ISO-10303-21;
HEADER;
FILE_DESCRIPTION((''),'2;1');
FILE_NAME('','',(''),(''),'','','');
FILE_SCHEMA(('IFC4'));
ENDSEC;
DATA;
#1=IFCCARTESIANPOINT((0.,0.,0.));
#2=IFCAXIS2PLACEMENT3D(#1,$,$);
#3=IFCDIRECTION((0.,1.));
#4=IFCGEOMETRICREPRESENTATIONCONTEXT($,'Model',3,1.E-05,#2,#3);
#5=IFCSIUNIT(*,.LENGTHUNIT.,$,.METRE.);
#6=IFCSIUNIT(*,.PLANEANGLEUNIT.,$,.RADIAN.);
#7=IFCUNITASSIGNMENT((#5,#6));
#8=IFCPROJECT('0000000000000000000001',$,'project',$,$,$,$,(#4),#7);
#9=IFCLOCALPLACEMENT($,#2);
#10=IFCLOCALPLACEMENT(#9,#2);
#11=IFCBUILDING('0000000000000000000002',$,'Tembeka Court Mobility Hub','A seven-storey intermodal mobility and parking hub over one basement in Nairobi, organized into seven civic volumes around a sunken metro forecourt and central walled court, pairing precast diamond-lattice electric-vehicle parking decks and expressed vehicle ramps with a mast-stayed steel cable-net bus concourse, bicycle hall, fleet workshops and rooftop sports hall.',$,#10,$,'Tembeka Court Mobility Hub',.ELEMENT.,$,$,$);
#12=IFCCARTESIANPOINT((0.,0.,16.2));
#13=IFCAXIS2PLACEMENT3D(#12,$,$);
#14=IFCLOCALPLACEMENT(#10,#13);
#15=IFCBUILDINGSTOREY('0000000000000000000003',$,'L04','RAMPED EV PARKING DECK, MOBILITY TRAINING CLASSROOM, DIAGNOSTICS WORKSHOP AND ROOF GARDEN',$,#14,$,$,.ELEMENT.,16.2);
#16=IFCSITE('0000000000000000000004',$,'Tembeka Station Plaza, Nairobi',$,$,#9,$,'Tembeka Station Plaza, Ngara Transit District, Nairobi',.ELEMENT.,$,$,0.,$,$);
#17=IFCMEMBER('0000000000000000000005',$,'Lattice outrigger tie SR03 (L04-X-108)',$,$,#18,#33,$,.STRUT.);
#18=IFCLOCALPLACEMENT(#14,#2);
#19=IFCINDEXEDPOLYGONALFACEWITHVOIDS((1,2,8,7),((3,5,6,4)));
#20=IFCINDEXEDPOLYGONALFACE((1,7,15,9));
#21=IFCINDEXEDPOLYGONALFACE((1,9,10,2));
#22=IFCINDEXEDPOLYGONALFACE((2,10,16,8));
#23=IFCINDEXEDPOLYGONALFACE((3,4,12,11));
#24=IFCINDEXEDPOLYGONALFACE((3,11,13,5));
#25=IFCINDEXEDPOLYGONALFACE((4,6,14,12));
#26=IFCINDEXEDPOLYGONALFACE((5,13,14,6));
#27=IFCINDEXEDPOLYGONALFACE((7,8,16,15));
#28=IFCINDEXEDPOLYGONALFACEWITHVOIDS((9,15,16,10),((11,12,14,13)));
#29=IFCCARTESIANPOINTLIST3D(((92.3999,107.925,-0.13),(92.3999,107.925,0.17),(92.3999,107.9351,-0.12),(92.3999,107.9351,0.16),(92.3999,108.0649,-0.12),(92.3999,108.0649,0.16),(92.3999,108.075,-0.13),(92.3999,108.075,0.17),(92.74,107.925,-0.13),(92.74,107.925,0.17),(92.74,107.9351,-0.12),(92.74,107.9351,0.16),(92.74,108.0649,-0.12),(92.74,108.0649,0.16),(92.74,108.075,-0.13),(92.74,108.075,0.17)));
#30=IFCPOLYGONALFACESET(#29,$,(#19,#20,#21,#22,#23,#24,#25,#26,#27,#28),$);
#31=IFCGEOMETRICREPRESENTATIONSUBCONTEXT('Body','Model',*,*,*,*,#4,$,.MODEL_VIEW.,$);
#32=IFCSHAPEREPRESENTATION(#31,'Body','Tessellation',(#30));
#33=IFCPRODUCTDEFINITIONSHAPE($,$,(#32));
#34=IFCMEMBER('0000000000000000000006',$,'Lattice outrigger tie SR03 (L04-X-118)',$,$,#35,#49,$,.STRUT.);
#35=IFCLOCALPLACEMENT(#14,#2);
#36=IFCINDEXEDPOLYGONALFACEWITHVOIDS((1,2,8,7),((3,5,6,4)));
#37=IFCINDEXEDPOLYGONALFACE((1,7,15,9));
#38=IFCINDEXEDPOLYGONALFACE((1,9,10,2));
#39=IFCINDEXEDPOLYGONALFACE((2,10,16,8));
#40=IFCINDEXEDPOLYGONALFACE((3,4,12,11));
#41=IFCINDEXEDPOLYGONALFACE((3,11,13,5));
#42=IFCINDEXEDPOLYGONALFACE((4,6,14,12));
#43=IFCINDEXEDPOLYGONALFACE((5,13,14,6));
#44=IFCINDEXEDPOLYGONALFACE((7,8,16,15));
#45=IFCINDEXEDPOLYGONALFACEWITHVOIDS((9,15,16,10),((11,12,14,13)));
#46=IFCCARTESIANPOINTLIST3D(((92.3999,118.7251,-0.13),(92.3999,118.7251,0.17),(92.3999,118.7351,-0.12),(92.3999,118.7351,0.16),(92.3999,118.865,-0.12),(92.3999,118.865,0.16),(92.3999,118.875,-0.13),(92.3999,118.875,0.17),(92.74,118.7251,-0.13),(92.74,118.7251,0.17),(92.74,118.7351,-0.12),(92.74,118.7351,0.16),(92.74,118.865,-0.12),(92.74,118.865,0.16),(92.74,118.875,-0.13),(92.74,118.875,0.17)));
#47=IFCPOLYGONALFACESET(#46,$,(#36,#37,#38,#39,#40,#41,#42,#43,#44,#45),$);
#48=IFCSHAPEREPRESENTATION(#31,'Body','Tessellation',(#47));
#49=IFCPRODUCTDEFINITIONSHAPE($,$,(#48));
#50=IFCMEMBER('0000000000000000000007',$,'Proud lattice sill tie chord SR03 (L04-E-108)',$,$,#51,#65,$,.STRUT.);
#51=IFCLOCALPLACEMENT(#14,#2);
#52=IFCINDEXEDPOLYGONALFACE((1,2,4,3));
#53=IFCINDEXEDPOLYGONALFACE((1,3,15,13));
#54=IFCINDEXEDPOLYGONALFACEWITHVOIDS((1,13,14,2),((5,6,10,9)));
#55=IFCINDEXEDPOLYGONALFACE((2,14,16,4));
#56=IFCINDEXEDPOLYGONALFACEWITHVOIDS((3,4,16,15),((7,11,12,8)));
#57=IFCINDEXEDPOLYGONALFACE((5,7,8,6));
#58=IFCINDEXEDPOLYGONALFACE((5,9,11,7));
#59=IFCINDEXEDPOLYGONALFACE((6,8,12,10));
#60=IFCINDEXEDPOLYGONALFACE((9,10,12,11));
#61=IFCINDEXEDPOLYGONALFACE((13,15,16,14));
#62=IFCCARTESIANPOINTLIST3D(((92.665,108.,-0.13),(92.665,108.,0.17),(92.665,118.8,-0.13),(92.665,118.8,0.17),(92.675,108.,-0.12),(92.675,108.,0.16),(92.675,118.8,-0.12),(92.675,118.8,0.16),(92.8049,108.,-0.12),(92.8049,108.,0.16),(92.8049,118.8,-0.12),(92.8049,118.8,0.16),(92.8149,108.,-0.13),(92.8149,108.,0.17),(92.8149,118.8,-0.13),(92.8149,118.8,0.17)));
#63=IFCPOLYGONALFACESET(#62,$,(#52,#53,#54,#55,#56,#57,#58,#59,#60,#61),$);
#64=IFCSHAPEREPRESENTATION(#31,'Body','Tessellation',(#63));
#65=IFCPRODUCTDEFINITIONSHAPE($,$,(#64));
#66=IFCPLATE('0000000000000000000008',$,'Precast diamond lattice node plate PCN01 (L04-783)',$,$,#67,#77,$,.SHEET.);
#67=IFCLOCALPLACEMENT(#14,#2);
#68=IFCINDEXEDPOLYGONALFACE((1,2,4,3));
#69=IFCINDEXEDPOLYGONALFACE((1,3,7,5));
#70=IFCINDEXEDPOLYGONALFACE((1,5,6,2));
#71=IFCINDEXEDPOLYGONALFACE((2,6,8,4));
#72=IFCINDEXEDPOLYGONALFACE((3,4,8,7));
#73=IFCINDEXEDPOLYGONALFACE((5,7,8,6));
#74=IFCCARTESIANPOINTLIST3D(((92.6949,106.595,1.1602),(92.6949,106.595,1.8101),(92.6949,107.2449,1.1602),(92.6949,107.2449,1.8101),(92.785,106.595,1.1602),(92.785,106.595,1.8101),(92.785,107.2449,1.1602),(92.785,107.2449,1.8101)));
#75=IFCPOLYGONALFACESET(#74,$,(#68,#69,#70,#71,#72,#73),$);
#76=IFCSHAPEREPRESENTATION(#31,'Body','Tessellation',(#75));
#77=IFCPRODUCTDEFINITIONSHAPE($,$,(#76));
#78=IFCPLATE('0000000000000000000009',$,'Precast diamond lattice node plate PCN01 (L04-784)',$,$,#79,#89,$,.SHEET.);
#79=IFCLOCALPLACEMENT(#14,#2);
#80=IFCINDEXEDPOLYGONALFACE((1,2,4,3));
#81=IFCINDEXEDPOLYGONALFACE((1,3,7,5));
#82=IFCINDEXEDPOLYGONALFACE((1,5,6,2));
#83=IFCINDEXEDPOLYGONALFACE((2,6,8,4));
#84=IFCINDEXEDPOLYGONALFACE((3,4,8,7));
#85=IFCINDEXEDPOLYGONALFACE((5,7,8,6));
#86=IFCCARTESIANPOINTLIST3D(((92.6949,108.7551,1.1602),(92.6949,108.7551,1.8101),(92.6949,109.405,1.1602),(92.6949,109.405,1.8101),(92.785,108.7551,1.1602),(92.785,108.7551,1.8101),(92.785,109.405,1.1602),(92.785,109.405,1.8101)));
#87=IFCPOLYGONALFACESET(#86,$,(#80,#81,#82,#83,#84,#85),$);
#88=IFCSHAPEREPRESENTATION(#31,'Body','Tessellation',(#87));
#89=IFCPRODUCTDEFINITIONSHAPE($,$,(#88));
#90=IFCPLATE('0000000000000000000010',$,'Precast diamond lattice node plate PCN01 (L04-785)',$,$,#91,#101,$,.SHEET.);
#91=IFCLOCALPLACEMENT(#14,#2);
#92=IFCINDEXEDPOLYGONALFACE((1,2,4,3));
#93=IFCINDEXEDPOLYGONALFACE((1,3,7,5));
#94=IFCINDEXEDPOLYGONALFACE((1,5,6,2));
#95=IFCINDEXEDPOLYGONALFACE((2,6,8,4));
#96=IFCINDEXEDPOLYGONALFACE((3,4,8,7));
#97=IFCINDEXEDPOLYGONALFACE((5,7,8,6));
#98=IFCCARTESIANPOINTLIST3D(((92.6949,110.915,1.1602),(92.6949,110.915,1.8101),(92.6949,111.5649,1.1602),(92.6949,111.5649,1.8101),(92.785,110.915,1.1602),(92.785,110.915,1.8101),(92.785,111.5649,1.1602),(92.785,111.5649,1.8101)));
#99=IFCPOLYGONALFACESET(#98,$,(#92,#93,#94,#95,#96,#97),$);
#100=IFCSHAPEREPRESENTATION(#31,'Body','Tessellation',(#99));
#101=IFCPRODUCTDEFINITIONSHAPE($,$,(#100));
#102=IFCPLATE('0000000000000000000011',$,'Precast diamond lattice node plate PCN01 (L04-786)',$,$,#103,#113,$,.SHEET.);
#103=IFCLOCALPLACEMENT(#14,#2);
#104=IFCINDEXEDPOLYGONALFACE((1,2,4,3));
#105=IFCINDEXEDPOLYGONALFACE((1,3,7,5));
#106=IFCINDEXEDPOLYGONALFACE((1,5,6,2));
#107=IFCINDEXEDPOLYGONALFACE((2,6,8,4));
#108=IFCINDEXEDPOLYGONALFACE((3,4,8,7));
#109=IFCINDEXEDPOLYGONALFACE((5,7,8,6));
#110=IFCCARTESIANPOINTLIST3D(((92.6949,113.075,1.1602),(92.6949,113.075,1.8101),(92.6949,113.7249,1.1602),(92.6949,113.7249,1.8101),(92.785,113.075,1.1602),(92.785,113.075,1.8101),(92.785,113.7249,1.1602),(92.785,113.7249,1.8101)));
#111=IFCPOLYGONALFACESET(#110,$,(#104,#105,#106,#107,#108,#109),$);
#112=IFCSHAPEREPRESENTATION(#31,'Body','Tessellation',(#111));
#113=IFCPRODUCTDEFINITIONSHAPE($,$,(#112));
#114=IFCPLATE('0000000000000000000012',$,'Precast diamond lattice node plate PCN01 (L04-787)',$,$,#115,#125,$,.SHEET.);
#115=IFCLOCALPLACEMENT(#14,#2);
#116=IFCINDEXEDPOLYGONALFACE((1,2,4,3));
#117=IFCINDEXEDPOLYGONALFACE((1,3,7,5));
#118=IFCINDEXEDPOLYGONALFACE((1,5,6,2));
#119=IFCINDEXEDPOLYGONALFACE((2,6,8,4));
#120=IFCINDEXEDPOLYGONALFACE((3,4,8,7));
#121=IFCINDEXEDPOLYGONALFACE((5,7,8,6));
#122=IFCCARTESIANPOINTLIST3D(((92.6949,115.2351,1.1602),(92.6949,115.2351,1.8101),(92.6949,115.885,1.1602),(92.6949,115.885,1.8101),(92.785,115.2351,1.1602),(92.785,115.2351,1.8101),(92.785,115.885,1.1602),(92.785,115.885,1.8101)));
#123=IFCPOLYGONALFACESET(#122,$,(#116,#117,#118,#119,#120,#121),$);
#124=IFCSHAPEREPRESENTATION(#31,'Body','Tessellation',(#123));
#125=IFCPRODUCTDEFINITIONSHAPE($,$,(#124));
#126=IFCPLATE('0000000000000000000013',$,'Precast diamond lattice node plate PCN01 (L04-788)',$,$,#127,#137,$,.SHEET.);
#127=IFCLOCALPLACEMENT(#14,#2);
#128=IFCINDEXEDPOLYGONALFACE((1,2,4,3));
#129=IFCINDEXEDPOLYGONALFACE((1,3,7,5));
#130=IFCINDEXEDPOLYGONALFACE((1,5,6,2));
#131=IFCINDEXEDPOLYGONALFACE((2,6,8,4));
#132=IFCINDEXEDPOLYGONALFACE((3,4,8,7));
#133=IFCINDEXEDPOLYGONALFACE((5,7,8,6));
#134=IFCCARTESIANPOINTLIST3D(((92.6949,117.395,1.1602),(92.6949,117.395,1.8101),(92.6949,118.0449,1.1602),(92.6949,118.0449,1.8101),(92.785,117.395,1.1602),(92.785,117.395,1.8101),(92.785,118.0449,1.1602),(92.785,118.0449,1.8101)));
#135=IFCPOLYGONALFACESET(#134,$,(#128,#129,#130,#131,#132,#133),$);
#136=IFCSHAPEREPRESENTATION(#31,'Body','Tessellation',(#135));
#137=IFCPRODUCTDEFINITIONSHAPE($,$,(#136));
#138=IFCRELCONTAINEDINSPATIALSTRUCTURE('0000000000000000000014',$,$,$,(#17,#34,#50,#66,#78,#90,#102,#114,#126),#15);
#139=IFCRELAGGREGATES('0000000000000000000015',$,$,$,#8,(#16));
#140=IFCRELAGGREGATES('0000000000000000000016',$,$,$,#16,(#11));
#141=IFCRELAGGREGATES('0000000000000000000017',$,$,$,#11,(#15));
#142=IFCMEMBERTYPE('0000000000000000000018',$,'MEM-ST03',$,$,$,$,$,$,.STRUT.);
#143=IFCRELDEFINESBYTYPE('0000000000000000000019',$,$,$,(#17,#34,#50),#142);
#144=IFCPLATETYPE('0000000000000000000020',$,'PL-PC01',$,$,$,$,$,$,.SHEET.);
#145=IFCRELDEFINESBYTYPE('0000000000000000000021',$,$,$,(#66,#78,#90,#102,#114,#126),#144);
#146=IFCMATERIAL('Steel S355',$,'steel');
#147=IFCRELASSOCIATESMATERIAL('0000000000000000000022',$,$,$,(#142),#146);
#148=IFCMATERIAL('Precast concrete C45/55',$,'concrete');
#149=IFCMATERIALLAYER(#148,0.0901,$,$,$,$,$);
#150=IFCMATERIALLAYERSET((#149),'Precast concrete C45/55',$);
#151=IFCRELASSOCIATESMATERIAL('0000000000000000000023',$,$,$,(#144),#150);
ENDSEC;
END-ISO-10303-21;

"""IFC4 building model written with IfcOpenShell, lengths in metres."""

from ifc_helpers import new_model, si_unit, direction, frame, origin, origin_2d, place, context, subcontext, project, spatial, rectangle, hollow_rectangle, extrude, material, layer, layer_set, material_profile, profile_set, type_object, element, save


model = new_model("IFC4")

# Units and contexts
model_context = context("Model", 3, precision=1e-05, world=origin(), true_north=direction((0.0, 1.0)))
body_context = subcontext(model_context, "Body", "Model", "MODEL_VIEW")
ifc_project = project(units=[si_unit("LENGTHUNIT", "METRE"), si_unit("PLANEANGLEUNIT", "RADIAN")], contexts=[model_context])

# Site, building, storey
site_placement = place(None, origin())
site = spatial("IfcSite", under=ifc_project, at=site_placement, Name="Tembeka Station Plaza, Nairobi", LongName="Tembeka Station Plaza, Ngara Transit District, Nairobi", CompositionType="ELEMENT", RefElevation=0.0)
building_placement = place(site_placement, origin())
building = spatial("IfcBuilding", under=site, at=building_placement, Name="Tembeka Court Mobility Hub", Description="A seven-storey intermodal mobility and parking hub over one basement in Nairobi, organized into seven civic volumes around a sunken metro forecourt and central walled court, pairing precast diamond-lattice electric-vehicle parking decks and expressed vehicle ramps with a mast-stayed steel cable-net bus concourse, bicycle hall, fleet workshops and rooftop sports hall.", LongName="Tembeka Court Mobility Hub", CompositionType="ELEMENT")
storey_placement = place(building_placement, frame((0.0, 0.0, 16.2)))
storey = spatial("IfcBuildingStorey", under=building, at=storey_placement, Name="L04", Description="RAMPED EV PARKING DECK, MOBILITY TRAINING CLASSROOM, DIAGNOSTICS WORKSHOP AND ROOF GARDEN", CompositionType="ELEMENT", Elevation=16.2)

# Shared definitions
ifc_material_1 = material(Name="Steel S355", Category="steel")

# Members
ifc_material_2 = material(Name="Precast concrete C45/55", Category="concrete")
ifc_material_profile_1 = material_profile(ifc_material_1, hollow_rectangle(XDim=0.1499, YDim=0.3, WallThickness=0.01, at=origin_2d()), Name="RHS 300x150x10")
ifc_profile_set_1 = profile_set([ifc_material_profile_1], Name="Steel S355")
member_type_1 = type_object("IfcMemberType", Name="MEM-ST03", PredefinedType="STRUT", material=ifc_profile_set_1)
for number, where, z_axis, x_axis, name in (
    (1, (92.3999, 108.0, 0.02), (1.0, 0.0, 0.0), (0.0, 1.0, 0.0), "Lattice outrigger tie SR03 (L04-X-108)"),
    (2, (92.3999, 118.8, 0.02), (1.0, 0.0, 0.0), (0.0, 1.0, 0.0), "Lattice outrigger tie SR03 (L04-X-118)"),
):
    element("IfcMember", number, at=place(storey_placement, frame(where, z_axis=z_axis, x_axis=x_axis)), inside=storey, type_object=member_type_1, Name=name, PredefinedType="STRUT", context=body_context, shape_type="SweptSolid", body=[
        extrude(hollow_rectangle(XDim=0.1499, YDim=0.3, WallThickness=0.01, at=origin_2d()), origin(), (0.0, 0.0, 1.0), 0.3401),
    ])
member_1_placement = place(storey_placement, frame((92.74, 108.0, 0.02), z_axis=(0.0, 1.0, 0.0), x_axis=(-1.0, 0.0, 0.0)))
element("IfcMember", 3, at=member_1_placement, inside=storey, type_object=member_type_1, Name="Proud lattice sill tie chord SR03 (L04-E-108)", PredefinedType="STRUT", context=body_context, shape_type="SweptSolid", body=[
    extrude(hollow_rectangle(XDim=0.1499, YDim=0.3, WallThickness=0.01, at=origin_2d()), origin(), (0.0, 0.0, 1.0), 10.8),
])

# Plates
ifc_layer = layer(ifc_material_2, 0.0901)
ifc_layer_set = layer_set([ifc_layer], Name="Precast concrete C45/55")
plate_type = type_object("IfcPlateType", Name="PL-PC01", PredefinedType="SHEET", material=ifc_layer_set)
for number, where, z_axis, x_axis, name in (
    (4, (92.74, 106.9199, 1.1602), (0.0, 0.0, 1.0), (1.0, 0.0, 0.0), "Precast diamond lattice node plate PCN01 (L04-783)"),
    (5, (92.74, 109.0801, 1.1602), (0.0, 0.0, 1.0), (1.0, 0.0, 0.0), "Precast diamond lattice node plate PCN01 (L04-784)"),
    (6, (92.74, 111.24, 1.1602), (0.0, 0.0, 1.0), (1.0, 0.0, 0.0), "Precast diamond lattice node plate PCN01 (L04-785)"),
    (7, (92.74, 113.3999, 1.1602), (0.0, 0.0, 1.0), (1.0, 0.0, 0.0), "Precast diamond lattice node plate PCN01 (L04-786)"),
    (8, (92.74, 115.5601, 1.1602), (0.0, 0.0, 1.0), (1.0, 0.0, 0.0), "Precast diamond lattice node plate PCN01 (L04-787)"),
    (9, (92.74, 117.72, 1.1602), (0.0, 0.0, 1.0), (1.0, 0.0, 0.0), "Precast diamond lattice node plate PCN01 (L04-788)"),
):
    element("IfcPlate", number, at=place(storey_placement, frame(where, z_axis=z_axis, x_axis=x_axis)), inside=storey, type_object=plate_type, Name=name, PredefinedType="SHEET", context=body_context, shape_type="SweptSolid", body=[
        extrude(rectangle(XDim=0.0901, YDim=0.6499, at=origin_2d()), origin(), (0.0, 0.0, 1.0), 0.6499),
    ])

save(model, "model.ifc")
